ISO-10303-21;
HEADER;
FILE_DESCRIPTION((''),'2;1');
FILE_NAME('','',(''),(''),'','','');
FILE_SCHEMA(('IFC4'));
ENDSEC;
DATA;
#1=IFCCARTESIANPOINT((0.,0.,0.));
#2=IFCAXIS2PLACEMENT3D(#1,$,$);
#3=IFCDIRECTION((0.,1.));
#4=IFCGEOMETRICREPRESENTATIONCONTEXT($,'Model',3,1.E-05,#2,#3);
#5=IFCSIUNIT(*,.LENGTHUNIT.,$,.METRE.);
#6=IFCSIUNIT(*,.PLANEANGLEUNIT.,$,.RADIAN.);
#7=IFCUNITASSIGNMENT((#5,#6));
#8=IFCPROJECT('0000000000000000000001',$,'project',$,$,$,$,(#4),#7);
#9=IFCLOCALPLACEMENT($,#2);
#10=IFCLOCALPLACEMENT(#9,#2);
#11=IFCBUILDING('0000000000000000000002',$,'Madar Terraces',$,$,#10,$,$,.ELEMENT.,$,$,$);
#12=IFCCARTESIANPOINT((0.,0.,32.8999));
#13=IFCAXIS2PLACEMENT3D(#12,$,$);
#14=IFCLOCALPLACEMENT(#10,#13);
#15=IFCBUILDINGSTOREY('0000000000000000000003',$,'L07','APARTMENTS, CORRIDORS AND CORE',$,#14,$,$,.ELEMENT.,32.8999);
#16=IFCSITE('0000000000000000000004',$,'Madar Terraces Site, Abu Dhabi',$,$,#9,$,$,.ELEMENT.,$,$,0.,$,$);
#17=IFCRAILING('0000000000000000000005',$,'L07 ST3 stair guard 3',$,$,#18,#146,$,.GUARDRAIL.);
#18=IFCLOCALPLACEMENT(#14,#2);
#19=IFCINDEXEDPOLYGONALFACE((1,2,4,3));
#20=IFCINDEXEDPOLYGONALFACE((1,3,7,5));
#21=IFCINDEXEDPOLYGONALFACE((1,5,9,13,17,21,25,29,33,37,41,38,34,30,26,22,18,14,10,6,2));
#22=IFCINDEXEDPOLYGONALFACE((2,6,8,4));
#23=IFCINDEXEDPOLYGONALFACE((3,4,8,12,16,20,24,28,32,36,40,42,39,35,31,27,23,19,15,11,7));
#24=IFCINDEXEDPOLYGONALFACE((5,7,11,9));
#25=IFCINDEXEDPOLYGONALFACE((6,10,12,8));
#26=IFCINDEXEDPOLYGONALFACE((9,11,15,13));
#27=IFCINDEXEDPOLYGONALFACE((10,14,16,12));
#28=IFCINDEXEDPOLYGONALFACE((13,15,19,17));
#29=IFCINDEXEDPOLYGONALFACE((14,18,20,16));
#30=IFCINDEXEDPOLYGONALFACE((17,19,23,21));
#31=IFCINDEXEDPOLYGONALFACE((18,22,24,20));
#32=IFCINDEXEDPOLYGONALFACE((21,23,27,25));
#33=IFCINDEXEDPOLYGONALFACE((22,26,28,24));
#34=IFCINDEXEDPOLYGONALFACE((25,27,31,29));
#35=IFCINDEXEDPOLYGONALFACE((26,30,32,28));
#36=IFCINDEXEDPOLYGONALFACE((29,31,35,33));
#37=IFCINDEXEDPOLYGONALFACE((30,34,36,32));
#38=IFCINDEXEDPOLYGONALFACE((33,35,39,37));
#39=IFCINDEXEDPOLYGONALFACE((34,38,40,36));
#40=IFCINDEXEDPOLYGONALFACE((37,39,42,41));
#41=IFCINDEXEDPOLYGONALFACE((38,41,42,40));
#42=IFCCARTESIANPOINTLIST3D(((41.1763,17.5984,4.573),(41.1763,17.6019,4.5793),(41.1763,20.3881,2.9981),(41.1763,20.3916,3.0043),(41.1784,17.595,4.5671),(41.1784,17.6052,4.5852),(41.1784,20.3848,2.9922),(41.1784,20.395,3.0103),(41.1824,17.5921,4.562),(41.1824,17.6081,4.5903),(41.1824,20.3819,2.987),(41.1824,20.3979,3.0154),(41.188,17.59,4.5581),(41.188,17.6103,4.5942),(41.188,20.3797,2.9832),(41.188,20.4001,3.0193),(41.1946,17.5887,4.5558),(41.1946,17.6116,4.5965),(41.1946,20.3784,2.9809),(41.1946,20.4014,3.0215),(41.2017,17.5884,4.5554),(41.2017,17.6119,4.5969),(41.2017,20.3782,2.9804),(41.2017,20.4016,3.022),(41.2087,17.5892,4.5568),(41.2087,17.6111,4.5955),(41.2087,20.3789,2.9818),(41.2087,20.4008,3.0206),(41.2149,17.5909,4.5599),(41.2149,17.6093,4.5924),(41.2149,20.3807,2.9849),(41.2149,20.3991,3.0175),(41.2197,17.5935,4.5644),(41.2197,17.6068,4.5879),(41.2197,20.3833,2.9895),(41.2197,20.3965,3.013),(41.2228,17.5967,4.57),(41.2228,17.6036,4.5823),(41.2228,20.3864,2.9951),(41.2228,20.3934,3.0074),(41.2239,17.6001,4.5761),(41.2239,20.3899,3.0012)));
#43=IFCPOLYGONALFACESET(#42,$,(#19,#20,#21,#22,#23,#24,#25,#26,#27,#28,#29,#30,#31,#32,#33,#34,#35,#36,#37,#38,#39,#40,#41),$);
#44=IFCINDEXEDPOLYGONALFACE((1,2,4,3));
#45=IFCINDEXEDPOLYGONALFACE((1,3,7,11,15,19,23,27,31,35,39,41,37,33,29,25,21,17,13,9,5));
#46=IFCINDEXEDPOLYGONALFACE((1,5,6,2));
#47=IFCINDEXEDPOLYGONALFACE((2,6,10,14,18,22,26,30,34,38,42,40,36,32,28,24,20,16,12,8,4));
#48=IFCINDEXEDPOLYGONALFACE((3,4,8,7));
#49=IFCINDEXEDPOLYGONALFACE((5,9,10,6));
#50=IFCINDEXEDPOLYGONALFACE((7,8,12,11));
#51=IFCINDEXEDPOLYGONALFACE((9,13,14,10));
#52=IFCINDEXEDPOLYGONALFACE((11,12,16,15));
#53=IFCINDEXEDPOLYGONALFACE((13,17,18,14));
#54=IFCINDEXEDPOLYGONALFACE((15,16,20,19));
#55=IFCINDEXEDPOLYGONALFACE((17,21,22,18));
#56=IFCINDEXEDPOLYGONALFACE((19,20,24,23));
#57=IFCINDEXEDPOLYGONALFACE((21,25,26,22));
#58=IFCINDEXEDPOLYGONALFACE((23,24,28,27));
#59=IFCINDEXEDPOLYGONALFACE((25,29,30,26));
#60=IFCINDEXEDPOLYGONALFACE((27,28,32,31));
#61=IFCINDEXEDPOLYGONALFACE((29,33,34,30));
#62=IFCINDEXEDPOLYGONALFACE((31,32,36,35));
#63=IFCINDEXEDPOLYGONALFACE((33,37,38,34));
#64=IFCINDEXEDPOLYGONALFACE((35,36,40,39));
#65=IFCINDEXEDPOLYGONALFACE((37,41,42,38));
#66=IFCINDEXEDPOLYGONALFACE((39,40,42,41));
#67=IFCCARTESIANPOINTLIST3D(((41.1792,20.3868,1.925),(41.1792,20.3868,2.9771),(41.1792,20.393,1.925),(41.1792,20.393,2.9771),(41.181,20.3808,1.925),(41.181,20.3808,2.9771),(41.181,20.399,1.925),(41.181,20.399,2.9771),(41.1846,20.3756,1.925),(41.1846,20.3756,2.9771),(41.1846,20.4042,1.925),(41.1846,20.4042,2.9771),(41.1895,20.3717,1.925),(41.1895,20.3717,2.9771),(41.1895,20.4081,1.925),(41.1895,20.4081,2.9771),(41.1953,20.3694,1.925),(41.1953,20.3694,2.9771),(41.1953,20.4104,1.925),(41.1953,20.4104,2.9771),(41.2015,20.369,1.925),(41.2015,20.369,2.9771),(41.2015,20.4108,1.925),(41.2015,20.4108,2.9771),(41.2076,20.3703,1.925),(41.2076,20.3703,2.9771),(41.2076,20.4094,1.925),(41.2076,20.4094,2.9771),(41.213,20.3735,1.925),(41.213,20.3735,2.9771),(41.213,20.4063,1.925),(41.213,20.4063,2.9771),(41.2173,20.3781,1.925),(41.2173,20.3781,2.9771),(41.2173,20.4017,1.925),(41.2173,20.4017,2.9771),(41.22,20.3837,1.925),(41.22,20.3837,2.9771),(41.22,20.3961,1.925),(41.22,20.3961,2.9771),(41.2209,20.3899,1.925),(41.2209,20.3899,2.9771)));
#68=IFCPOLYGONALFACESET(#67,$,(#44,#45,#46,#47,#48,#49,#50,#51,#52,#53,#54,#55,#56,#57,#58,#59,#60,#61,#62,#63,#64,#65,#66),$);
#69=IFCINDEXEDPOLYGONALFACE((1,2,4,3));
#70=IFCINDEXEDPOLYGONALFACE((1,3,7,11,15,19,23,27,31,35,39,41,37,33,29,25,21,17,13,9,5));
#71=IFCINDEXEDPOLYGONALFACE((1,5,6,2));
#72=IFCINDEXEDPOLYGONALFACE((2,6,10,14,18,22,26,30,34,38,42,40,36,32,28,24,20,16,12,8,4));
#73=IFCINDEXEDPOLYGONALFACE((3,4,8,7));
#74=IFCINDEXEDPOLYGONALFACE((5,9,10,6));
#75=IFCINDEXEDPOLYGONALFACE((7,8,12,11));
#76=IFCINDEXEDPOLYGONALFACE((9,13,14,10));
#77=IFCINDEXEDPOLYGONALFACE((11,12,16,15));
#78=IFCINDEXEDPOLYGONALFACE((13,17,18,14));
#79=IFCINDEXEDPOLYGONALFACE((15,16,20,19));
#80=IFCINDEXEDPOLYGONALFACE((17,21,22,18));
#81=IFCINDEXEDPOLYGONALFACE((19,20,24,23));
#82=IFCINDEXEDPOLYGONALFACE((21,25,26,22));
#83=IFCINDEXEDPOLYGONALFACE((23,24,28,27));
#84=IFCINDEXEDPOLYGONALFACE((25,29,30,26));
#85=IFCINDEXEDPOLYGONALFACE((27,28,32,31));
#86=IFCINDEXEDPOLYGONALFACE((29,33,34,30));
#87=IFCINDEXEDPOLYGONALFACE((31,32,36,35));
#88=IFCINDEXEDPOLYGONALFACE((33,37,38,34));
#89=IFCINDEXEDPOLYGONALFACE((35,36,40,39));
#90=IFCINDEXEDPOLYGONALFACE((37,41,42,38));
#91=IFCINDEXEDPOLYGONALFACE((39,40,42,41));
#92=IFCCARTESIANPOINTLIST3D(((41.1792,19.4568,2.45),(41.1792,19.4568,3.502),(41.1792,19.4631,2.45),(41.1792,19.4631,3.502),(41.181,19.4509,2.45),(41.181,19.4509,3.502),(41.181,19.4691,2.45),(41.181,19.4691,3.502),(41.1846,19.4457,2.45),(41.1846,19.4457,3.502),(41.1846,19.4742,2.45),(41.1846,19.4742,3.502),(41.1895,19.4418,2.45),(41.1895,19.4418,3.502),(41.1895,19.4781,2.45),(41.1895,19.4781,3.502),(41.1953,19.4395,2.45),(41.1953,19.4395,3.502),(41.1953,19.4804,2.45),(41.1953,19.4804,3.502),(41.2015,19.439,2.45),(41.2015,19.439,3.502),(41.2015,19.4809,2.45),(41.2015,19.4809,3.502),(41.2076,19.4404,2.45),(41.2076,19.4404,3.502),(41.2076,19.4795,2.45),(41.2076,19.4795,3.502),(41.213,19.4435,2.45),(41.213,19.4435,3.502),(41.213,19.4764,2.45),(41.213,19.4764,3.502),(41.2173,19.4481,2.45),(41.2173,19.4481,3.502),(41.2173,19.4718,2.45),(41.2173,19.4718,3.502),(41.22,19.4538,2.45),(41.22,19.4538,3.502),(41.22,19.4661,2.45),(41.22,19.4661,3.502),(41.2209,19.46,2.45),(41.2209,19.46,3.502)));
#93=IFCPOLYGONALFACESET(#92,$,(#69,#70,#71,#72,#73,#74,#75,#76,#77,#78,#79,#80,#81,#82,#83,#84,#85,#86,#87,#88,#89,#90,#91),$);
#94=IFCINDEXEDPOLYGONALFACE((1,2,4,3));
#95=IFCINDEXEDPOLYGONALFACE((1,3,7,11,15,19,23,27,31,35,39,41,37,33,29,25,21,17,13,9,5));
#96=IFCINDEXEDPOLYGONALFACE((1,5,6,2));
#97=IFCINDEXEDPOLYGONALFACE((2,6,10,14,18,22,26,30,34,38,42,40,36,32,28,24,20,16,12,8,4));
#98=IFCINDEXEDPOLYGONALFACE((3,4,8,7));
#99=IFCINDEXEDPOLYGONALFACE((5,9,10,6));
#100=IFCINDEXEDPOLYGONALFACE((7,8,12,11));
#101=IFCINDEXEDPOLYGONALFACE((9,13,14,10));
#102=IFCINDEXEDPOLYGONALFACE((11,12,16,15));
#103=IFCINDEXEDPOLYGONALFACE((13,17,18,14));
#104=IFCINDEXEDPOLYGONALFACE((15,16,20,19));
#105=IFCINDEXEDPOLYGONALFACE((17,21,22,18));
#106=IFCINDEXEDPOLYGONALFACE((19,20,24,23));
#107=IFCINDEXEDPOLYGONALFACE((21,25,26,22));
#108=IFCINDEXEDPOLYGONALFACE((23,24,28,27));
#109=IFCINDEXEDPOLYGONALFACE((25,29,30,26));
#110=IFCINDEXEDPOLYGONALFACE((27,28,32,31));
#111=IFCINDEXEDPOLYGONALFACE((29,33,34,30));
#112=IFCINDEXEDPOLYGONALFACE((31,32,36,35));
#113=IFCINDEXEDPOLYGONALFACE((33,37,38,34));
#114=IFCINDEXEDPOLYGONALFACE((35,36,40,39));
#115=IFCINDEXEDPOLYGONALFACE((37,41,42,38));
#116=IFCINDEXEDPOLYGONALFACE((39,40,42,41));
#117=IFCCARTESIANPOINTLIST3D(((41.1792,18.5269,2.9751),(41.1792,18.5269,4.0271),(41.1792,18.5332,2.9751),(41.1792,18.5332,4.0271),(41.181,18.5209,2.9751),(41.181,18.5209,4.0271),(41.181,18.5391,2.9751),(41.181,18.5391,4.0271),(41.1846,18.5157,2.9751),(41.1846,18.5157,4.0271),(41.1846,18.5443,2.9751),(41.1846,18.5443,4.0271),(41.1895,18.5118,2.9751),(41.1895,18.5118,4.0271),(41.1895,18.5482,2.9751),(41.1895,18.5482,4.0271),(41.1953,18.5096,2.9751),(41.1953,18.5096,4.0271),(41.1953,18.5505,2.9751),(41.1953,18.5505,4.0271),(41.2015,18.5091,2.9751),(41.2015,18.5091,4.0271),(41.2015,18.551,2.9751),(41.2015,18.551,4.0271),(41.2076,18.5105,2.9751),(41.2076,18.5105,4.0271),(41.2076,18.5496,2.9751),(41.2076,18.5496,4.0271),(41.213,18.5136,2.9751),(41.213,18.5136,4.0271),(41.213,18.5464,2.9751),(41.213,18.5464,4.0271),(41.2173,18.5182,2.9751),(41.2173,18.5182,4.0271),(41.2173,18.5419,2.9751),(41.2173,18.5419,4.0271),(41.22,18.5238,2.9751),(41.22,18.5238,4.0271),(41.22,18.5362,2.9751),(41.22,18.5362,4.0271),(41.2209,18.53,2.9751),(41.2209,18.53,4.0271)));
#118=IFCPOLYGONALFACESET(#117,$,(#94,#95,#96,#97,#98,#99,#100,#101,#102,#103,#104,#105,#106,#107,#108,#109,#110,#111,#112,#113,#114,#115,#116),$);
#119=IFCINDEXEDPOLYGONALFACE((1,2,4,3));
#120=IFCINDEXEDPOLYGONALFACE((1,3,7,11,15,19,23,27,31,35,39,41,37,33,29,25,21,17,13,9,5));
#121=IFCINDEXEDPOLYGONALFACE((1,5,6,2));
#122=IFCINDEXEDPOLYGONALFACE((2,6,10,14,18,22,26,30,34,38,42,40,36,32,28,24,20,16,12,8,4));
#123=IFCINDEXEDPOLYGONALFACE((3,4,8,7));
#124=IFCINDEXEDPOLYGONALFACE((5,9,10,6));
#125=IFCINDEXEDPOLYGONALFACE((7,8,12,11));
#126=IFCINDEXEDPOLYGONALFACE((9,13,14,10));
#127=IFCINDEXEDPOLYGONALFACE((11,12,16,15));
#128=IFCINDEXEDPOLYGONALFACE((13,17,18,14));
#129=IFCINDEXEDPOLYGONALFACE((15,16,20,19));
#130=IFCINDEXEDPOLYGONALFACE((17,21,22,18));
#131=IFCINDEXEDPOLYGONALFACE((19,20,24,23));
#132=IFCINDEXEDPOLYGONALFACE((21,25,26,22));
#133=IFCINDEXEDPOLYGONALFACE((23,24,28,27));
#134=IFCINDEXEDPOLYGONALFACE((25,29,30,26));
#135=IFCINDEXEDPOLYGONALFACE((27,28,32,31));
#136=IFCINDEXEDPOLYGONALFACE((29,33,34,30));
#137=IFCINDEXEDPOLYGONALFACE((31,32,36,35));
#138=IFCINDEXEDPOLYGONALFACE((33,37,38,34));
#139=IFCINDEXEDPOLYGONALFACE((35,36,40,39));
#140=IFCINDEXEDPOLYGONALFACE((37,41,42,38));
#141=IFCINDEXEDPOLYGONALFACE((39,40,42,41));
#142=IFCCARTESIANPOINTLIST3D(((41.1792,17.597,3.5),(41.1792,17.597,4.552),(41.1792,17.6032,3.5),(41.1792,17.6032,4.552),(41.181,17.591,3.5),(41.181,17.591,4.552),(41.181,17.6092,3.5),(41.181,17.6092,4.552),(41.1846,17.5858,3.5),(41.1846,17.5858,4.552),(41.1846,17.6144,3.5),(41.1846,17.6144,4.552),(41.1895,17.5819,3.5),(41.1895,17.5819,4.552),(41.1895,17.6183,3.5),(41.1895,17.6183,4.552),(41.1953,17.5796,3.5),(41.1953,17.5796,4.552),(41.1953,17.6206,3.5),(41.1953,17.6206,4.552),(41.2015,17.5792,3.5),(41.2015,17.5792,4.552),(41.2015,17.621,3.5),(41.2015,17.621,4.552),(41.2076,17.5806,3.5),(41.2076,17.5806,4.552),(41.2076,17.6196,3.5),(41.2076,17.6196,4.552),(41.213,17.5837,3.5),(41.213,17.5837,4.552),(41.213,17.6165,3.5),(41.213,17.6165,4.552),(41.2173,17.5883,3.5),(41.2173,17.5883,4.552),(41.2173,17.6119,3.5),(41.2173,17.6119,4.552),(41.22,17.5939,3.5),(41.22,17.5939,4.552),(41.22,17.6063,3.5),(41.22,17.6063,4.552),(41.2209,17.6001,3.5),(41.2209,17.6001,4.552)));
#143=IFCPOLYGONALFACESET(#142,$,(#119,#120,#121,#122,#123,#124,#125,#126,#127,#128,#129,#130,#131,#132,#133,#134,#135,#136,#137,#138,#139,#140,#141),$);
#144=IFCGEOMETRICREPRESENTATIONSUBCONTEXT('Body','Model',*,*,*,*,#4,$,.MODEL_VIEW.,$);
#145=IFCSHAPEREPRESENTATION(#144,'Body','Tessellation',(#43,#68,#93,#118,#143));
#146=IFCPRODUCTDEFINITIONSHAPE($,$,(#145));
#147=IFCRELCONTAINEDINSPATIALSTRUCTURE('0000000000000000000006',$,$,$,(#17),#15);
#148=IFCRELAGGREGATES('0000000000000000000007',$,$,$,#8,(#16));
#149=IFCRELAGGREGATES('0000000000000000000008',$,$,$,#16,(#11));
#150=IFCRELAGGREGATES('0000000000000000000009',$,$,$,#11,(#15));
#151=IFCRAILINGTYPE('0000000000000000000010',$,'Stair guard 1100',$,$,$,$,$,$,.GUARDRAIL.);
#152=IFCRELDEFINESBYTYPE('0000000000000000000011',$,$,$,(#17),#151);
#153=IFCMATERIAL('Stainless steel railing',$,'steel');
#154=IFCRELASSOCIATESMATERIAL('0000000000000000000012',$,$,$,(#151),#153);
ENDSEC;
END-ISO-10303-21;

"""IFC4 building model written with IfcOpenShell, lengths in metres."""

from ifc_helpers import new_model, si_unit, direction, frame, origin, origin_2d, place, context, subcontext, project, spatial, circle, extrude, material, type_object, element, save


model = new_model("IFC4")

# Units and contexts
model_context = context("Model", 3, precision=1e-05, world=origin(), true_north=direction((0.0, 1.0)))
body_context = subcontext(model_context, "Body", "Model", "MODEL_VIEW")
ifc_project = project(units=[si_unit("LENGTHUNIT", "METRE"), si_unit("PLANEANGLEUNIT", "RADIAN")], contexts=[model_context])

# Site, building, storey
site_placement = place(None, origin())
site = spatial("IfcSite", under=ifc_project, at=site_placement, Name="Madar Terraces Site, Abu Dhabi", CompositionType="ELEMENT", RefElevation=0.0)
building_placement = place(site_placement, origin())
building = spatial("IfcBuilding", under=site, at=building_placement, Name="Madar Terraces", CompositionType="ELEMENT")
storey_placement = place(building_placement, frame((0.0, 0.0, 32.8999)))
storey = spatial("IfcBuildingStorey", under=building, at=storey_placement, Name="L07", Description="APARTMENTS, CORRIDORS AND CORE", CompositionType="ELEMENT", Elevation=32.8999)

# Railing
ifc_material_1 = material(Name="Stainless steel railing", Category="steel")
railing_type_1 = type_object("IfcRailingType", Name="Stair guard 1100", PredefinedType="GUARDRAIL", material=ifc_material_1)
railing_1_placement = place(storey_placement, frame((41.2, 20.3899, 1.925)))
element("IfcRailing", 1, at=railing_1_placement, inside=storey, type_object=railing_type_1, Name="L07 ST3 stair guard 3", PredefinedType="GUARDRAIL", context=body_context, shape_type="SweptSolid", body=[
    extrude(circle(Radius=0.0239, at=origin_2d()), frame((0.0, 0.0, 1.0762), z_axis=(0.0, -0.870815, 0.49161), x_axis=(1.0, 0.0, 0.0)), (0.0, 0.0, 1.0), 3.2036),
    extrude(circle(Radius=0.021, at=origin_2d()), origin(), (0.0, 0.0, 1.0), 1.052),
    extrude(circle(Radius=0.021, at=origin_2d()), frame((0.0, -0.9299, 0.5249)), (0.0, 0.0, 1.0), 1.052),
    extrude(circle(Radius=0.021, at=origin_2d()), frame((0.0, -1.8599, 1.05)), (0.0, 0.0, 1.0), 1.052),
    extrude(circle(Radius=0.021, at=origin_2d()), frame((0.0, -2.7898, 1.575)), (0.0, 0.0, 1.0), 1.052),
])

save(model, "model.ifc")
